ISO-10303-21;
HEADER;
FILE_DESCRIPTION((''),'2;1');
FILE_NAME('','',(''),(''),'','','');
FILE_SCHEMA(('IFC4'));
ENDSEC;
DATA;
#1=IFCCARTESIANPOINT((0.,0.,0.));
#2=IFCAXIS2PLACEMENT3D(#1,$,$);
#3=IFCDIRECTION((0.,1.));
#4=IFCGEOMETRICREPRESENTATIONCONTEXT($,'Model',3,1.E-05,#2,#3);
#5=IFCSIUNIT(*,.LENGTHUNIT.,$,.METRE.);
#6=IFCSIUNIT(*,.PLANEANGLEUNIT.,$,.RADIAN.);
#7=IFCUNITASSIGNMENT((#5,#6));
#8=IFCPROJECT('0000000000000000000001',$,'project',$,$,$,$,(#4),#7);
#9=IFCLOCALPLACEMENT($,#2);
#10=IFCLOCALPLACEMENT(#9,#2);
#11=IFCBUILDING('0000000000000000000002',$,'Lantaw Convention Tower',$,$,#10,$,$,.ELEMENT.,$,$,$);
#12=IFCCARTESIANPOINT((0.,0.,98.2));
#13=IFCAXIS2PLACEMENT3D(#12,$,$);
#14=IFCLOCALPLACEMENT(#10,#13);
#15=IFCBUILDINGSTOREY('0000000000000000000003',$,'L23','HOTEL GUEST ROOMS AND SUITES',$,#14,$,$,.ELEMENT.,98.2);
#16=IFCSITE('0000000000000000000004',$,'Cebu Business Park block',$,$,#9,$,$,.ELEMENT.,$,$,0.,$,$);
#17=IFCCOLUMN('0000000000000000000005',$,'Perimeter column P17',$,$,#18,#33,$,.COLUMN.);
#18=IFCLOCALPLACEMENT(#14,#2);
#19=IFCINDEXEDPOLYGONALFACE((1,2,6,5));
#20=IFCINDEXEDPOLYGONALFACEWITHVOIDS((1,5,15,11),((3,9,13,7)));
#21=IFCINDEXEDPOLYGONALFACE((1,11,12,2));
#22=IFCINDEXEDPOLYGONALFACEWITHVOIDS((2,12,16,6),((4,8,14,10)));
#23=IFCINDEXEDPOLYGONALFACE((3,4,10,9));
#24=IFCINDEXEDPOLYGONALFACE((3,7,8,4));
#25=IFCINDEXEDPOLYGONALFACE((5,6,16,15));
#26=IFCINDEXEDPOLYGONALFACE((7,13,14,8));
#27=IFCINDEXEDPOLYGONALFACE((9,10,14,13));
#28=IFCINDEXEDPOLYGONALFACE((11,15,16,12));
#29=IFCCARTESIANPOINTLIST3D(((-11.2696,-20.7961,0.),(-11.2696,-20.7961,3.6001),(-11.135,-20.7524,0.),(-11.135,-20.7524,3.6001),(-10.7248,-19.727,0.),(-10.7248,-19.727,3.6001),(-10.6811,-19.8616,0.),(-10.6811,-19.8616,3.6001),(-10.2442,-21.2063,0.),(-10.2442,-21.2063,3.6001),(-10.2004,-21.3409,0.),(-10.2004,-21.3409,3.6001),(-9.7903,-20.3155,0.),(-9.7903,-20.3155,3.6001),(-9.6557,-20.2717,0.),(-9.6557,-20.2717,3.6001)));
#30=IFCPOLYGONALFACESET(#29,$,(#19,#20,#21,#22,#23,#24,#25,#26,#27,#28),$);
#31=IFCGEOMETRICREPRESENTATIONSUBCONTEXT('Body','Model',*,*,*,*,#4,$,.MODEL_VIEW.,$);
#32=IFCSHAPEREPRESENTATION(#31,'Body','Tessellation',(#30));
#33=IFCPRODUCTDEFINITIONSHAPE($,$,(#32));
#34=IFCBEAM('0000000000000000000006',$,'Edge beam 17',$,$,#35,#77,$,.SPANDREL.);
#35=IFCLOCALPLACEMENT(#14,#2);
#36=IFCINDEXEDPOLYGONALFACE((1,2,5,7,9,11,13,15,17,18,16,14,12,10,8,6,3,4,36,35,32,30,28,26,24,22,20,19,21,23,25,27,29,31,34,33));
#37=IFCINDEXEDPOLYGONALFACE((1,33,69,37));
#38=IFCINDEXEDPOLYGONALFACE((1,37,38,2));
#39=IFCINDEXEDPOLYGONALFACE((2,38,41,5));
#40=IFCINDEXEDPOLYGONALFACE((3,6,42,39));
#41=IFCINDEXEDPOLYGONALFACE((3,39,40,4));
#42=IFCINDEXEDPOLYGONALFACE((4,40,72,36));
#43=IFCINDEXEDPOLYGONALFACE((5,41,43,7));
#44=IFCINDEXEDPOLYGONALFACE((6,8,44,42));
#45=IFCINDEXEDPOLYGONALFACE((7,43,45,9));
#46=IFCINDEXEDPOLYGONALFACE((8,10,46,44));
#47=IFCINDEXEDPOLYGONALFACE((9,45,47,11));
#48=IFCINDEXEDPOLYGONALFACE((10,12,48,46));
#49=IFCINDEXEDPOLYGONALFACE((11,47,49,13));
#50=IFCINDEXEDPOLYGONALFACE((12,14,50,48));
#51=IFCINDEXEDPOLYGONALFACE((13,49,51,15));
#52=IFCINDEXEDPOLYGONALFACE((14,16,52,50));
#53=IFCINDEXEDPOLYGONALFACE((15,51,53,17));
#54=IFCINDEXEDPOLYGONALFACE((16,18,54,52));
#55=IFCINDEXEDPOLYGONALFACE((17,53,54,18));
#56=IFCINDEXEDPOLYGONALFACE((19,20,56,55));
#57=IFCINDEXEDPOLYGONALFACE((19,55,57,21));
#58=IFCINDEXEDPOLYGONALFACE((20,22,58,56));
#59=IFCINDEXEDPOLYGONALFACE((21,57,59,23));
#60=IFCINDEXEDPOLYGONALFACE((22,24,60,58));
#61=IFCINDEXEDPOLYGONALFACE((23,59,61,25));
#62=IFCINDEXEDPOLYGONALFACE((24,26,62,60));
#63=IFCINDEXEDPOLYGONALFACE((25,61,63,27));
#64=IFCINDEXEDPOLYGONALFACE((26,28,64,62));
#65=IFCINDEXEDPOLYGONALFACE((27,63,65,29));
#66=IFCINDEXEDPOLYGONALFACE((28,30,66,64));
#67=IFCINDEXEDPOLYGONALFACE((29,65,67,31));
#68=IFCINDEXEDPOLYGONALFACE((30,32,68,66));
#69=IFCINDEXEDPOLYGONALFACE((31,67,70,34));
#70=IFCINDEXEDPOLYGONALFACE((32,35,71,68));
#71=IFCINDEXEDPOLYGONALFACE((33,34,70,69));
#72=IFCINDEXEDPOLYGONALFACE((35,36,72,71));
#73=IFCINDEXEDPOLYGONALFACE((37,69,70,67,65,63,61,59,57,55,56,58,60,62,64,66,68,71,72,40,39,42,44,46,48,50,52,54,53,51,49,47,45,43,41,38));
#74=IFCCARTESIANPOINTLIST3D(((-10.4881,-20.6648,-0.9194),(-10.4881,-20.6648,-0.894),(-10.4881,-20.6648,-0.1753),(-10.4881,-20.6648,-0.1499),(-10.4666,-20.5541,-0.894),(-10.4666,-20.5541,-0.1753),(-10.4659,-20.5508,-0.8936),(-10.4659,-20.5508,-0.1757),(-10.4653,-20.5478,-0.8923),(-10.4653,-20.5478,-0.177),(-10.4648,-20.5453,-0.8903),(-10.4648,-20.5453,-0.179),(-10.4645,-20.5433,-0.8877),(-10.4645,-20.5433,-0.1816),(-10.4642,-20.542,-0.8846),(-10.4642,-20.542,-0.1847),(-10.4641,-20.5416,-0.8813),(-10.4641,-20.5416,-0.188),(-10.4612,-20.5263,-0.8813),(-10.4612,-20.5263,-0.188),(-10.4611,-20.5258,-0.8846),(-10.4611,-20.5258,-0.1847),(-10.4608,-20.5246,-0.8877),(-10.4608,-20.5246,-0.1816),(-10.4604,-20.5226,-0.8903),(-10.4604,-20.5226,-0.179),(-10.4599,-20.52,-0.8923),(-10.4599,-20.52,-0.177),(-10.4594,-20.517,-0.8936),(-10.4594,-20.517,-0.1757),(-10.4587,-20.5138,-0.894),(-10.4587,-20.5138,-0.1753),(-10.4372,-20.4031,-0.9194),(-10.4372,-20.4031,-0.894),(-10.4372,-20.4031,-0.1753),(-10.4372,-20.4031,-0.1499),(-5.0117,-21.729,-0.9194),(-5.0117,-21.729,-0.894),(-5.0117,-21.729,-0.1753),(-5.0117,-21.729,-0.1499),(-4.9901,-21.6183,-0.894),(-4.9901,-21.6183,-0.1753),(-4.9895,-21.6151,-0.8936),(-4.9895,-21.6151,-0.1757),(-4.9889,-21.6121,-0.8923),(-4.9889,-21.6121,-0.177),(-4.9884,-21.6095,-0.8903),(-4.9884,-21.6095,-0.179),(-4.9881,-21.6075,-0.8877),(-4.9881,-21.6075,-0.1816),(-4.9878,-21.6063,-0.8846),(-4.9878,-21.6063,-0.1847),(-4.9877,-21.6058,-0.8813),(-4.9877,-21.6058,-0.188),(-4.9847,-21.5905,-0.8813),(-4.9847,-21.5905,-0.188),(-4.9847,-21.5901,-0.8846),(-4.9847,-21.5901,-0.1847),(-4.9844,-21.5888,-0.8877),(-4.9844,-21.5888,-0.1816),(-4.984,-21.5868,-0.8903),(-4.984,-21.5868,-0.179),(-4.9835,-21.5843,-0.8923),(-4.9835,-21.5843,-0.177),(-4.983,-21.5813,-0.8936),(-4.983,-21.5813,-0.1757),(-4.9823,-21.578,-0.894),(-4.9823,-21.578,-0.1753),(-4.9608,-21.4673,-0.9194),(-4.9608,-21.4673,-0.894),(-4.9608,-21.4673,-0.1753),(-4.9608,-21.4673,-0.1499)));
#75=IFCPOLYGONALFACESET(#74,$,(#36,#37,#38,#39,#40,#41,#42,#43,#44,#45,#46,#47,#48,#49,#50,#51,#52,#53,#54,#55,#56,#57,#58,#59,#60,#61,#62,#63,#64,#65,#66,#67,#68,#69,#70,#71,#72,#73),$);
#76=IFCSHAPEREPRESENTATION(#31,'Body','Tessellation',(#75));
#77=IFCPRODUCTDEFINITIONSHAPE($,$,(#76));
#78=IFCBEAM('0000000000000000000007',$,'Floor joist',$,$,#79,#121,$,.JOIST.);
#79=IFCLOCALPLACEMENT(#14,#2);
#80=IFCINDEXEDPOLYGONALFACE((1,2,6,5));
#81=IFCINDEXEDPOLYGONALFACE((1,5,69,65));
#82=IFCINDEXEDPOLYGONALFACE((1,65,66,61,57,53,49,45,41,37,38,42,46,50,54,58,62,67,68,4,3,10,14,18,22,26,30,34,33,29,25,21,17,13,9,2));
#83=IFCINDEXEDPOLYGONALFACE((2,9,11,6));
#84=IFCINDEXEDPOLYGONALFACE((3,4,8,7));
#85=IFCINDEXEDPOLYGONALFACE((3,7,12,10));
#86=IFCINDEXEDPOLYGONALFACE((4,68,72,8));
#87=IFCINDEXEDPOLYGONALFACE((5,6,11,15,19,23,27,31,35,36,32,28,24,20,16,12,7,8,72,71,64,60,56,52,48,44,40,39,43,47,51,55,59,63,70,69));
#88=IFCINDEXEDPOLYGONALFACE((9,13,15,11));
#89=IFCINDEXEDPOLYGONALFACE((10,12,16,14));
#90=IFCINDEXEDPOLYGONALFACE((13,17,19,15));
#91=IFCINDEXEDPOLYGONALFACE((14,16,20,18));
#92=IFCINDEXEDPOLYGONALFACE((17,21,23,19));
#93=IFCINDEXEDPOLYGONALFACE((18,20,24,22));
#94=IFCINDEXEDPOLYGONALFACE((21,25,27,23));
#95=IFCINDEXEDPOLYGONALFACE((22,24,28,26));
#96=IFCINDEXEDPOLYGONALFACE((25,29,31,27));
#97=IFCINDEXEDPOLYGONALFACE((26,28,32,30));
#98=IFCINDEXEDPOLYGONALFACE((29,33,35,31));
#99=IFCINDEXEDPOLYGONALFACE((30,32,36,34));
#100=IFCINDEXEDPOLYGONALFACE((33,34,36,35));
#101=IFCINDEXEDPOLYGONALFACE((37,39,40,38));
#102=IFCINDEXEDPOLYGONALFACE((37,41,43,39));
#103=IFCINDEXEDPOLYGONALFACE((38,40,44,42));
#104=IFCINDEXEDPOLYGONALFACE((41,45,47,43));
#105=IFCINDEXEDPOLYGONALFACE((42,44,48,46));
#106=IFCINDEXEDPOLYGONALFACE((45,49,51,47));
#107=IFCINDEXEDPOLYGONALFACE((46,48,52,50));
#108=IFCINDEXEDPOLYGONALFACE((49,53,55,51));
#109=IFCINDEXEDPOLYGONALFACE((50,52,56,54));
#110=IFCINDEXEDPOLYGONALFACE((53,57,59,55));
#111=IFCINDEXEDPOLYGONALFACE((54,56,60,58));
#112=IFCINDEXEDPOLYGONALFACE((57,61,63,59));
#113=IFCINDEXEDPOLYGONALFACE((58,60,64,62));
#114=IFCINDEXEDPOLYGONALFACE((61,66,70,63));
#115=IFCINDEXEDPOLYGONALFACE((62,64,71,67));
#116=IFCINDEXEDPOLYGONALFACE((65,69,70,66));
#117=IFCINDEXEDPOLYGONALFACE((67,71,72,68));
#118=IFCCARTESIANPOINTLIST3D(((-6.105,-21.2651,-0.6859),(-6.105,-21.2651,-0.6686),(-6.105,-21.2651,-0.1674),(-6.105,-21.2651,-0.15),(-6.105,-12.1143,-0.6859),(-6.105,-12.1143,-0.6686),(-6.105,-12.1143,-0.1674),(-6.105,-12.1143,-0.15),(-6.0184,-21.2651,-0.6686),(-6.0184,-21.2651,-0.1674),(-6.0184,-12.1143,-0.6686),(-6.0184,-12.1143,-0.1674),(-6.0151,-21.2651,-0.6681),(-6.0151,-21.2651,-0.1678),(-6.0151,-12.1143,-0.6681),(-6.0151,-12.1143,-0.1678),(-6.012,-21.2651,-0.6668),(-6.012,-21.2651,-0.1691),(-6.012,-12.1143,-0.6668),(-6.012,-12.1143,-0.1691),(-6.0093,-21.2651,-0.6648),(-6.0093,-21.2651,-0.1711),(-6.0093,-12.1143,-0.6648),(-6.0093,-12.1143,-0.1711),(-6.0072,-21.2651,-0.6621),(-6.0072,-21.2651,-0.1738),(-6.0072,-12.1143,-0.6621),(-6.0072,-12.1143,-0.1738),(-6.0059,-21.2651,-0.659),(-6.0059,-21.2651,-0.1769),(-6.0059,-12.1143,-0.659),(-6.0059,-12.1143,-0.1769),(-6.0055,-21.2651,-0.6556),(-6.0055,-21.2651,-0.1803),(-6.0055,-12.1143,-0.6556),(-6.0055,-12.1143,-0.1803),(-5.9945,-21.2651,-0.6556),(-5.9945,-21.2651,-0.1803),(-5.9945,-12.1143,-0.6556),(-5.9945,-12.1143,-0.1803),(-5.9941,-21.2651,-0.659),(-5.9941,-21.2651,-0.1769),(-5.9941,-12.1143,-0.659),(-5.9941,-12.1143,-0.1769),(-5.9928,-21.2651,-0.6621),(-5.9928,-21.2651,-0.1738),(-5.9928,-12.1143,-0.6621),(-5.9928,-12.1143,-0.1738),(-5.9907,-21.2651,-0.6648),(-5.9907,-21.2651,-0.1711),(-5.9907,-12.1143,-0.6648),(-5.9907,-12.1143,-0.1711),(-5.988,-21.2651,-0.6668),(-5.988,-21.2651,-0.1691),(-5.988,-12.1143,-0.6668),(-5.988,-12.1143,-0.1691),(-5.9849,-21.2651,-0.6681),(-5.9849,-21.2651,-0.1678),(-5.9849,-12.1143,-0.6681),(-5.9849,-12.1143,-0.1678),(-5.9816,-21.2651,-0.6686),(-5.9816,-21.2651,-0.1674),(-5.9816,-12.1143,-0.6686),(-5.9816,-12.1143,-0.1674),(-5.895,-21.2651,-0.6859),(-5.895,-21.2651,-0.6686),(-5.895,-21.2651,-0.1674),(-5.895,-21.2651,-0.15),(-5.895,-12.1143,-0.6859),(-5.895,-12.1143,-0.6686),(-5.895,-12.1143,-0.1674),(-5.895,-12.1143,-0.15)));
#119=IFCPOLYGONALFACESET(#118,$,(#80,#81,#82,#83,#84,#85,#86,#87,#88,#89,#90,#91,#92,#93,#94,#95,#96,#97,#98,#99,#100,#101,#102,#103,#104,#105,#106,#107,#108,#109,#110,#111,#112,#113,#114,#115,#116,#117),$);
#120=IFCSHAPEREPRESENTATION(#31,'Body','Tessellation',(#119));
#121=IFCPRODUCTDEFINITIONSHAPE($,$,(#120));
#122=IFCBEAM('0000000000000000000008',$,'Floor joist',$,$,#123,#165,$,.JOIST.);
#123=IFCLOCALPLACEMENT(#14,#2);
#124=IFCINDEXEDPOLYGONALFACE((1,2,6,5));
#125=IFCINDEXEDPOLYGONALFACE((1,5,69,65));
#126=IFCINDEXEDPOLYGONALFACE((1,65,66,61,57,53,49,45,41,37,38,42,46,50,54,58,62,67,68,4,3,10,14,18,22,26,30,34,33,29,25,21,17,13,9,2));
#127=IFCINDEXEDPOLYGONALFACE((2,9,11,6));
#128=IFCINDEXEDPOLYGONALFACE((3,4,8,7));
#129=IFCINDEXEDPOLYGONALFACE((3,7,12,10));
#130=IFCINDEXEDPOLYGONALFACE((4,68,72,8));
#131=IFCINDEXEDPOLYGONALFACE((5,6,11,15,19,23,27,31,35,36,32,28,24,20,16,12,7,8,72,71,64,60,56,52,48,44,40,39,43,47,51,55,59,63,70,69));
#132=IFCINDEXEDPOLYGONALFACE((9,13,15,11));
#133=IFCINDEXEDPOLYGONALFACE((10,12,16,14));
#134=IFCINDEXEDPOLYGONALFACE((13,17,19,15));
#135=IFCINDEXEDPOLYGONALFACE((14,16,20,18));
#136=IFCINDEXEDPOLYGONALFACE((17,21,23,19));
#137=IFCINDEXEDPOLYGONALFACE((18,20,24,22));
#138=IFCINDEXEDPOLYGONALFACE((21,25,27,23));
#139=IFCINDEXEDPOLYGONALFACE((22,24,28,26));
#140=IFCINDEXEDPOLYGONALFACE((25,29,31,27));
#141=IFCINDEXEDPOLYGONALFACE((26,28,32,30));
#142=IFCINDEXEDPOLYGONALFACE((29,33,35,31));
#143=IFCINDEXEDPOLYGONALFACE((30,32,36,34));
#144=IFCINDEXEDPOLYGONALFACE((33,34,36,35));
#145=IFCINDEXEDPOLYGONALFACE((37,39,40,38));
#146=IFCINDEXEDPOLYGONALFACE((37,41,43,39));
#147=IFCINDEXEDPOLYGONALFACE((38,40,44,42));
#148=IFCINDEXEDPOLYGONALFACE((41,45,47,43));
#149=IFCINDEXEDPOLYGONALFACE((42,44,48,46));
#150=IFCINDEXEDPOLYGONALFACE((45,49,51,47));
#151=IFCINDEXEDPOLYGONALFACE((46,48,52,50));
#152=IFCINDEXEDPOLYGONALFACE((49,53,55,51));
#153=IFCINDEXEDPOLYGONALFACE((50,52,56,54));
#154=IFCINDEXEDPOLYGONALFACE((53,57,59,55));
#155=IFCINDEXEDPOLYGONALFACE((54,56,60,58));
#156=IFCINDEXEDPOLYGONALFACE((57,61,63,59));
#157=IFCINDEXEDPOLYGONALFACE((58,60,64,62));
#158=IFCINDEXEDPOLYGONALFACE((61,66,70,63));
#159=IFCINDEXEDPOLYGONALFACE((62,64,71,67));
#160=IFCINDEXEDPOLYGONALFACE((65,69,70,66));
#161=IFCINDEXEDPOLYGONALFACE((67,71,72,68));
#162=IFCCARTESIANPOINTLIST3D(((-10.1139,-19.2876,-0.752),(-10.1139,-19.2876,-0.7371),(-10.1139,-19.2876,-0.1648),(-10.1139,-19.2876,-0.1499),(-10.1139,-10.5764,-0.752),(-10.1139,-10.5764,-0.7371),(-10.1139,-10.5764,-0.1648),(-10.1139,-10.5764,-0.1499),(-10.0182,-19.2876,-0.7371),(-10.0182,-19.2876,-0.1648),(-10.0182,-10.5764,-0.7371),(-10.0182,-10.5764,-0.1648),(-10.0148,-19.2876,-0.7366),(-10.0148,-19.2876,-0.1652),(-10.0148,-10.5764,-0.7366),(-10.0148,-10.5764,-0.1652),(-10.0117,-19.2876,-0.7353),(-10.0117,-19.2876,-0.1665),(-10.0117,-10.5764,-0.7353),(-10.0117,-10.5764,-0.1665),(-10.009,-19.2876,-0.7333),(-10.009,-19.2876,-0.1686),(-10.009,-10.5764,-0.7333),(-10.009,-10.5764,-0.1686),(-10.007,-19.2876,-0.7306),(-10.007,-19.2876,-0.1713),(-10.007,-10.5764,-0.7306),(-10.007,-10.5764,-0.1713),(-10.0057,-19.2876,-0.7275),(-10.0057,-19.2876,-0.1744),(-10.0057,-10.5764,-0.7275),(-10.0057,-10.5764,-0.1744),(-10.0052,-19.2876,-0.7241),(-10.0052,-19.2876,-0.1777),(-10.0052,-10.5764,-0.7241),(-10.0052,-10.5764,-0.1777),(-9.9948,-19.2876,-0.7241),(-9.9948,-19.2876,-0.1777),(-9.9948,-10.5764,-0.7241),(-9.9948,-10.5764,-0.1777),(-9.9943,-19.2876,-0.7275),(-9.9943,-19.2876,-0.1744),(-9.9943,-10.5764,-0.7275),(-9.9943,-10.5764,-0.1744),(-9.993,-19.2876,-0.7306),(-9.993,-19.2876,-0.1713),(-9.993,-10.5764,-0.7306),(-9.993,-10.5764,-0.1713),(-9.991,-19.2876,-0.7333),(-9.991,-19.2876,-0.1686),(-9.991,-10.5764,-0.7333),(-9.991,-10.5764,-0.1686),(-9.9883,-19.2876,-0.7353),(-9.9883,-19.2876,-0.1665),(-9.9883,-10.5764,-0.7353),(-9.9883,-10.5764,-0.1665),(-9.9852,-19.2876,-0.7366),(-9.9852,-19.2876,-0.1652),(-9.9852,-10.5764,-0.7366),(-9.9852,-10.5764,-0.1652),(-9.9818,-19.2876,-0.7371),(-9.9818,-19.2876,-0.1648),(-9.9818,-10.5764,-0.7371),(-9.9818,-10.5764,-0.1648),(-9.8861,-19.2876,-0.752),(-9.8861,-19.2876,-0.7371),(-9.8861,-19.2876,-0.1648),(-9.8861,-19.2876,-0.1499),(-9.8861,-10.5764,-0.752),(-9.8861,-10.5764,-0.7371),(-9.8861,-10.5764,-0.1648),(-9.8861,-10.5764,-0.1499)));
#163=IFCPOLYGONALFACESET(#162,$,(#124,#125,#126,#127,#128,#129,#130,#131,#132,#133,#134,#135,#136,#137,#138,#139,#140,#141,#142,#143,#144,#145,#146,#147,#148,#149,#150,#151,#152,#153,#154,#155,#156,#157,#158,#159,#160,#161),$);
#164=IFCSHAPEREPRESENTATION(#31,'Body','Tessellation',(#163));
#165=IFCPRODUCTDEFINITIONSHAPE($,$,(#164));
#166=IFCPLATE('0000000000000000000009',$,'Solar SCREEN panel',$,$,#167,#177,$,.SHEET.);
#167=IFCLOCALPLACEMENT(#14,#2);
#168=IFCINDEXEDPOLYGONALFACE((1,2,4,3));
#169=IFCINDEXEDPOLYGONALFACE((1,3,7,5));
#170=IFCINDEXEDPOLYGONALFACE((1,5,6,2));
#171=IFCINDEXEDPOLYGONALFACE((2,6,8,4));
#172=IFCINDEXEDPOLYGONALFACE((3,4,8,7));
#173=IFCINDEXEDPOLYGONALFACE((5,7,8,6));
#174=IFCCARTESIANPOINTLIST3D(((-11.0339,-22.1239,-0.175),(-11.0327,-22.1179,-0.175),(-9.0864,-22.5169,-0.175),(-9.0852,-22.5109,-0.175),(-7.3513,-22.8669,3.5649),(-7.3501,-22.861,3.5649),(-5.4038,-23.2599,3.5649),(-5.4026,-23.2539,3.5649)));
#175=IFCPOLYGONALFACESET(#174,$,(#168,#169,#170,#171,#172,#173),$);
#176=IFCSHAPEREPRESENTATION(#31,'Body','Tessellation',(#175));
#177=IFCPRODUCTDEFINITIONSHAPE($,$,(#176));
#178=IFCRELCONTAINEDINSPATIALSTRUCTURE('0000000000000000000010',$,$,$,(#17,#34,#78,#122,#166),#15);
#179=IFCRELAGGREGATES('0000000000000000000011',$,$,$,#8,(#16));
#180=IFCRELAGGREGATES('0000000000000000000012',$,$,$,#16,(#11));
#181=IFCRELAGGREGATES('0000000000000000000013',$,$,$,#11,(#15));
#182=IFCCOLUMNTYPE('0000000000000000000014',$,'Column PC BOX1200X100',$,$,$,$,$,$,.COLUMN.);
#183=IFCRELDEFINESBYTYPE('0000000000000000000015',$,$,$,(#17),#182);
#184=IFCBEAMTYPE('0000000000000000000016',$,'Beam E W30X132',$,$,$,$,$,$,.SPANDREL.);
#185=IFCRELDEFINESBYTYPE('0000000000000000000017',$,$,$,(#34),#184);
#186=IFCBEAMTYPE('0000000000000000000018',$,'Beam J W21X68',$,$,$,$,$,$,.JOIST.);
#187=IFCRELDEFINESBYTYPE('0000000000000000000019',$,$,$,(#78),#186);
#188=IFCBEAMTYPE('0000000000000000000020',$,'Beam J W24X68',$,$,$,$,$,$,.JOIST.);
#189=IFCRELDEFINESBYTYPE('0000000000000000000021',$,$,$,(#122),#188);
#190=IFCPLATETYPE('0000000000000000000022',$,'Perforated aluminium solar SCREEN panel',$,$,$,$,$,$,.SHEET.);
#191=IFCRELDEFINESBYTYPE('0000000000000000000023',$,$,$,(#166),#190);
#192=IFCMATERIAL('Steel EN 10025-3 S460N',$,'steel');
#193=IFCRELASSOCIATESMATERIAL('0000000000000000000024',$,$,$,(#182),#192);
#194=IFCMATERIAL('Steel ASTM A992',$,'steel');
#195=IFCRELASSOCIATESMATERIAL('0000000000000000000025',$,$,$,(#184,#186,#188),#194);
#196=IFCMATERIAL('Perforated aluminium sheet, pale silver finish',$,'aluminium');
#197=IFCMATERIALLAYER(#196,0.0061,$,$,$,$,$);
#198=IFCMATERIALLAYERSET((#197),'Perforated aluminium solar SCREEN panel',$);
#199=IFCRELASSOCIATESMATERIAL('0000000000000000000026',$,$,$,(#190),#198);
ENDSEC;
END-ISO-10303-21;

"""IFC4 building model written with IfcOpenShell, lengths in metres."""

from ifc_helpers import new_model, si_unit, direction, frame, origin, origin_2d, place, context, subcontext, project, spatial, polyline, rectangle, hollow_rectangle, i_section, outline, extrude, material, layer, layer_set, material_profile, profile_set, type_object, element, save


model = new_model("IFC4")

# Units and contexts
model_context = context("Model", 3, precision=1e-05, world=origin(), true_north=direction((0.0, 1.0)))
body_context = subcontext(model_context, "Body", "Model", "MODEL_VIEW")
ifc_project = project(units=[si_unit("LENGTHUNIT", "METRE"), si_unit("PLANEANGLEUNIT", "RADIAN")], contexts=[model_context])

# Site, building, storey
site_placement = place(None, origin())
site = spatial("IfcSite", under=ifc_project, at=site_placement, Name="Cebu Business Park block", CompositionType="ELEMENT", RefElevation=0.0)
building_placement = place(site_placement, origin())
building = spatial("IfcBuilding", under=site, at=building_placement, Name="Lantaw Convention Tower", CompositionType="ELEMENT")
storey_placement = place(building_placement, frame((0.0, 0.0, 98.2)))
storey = spatial("IfcBuildingStorey", under=building, at=storey_placement, Name="L23", Description="HOTEL GUEST ROOMS AND SUITES", CompositionType="ELEMENT", Elevation=98.2)

# Column
ifc_material_1 = material(Name="Steel EN 10025-3 S460N", Category="steel")
ifc_material_profile_1 = material_profile(ifc_material_1, hollow_rectangle(XDim=1.2, YDim=1.2, WallThickness=0.1001, at=origin_2d()), Name="BOX1200X100")
ifc_material_2 = material(Name="Concrete C60/75", Category="concrete")
ifc_material_profile_2 = material_profile(ifc_material_2, rectangle(XDim=1.0, YDim=1.0, at=origin_2d()), Name="Concrete fill of BOX1200X100")
ifc_profile_set_1 = profile_set([ifc_material_profile_1, ifc_material_profile_2], Name="Steel EN 10025-3 S460N")
column_type = type_object("IfcColumnType", Name="Column PC BOX1200X100", PredefinedType="COLUMN", material=ifc_profile_set_1)
column_placement = place(storey_placement, frame((-10.4626, -20.5339, 0.0), z_axis=(0.0, 0.0, 1.0), x_axis=(0.45399, 0.891007, 0.0)))
element("IfcColumn", 1, at=column_placement, inside=storey, type_object=column_type, Name="Perimeter column P17", PredefinedType="COLUMN", context=body_context, shape_type="SweptSolid", body=[
    extrude(hollow_rectangle(XDim=1.2, YDim=1.2, WallThickness=0.1001, at=origin_2d()), origin(), (0.0, 0.0, 1.0), 3.6001),
])

# Beams
ifc_material_3 = material(Name="Steel ASTM A992", Category="steel")
ifc_material_profile_3 = material_profile(ifc_material_3, i_section(OverallWidth=0.2666, OverallDepth=0.7695, WebThickness=0.0156, FlangeThickness=0.0254, FilletRadius=0.0127, at=origin_2d()), Name="W30X132")
ifc_profile_set_2 = profile_set([ifc_material_profile_3], Name="Steel ASTM A992")
beam_type_1 = type_object("IfcBeamType", Name="Beam E W30X132", PredefinedType="SPANDREL", material=ifc_profile_set_2)
beam_1_placement = place(storey_placement, frame((-10.4626, -20.5339, -0.5347), z_axis=(0.981637, -0.190761, 0.0), x_axis=(0.190761, 0.981637, 0.0)))
element("IfcBeam", 2, at=beam_1_placement, inside=storey, type_object=beam_type_1, Name="Edge beam 17", PredefinedType="SPANDREL", context=body_context, shape_type="SweptSolid", body=[
    extrude(i_section(OverallWidth=0.2666, OverallDepth=0.7695, WebThickness=0.0156, FlangeThickness=0.0254, FilletRadius=0.0127, at=origin_2d()), origin(), (0.0, 0.0, 1.0), 5.5789),
])
ifc_material_profile_4 = material_profile(ifc_material_3, i_section(OverallWidth=0.21, OverallDepth=0.5359, WebThickness=0.011, FlangeThickness=0.0173, FilletRadius=0.0129, at=origin_2d()), Name="W21X68")
ifc_profile_set_3 = profile_set([ifc_material_profile_4], Name="Steel ASTM A992")
beam_type_2 = type_object("IfcBeamType", Name="Beam J W21X68", PredefinedType="JOIST", material=ifc_profile_set_3)
beam_2_placement = place(storey_placement, frame((-6.0, -21.2651, -0.418), z_axis=(0.0, 1.0, 0.0), x_axis=(-1.0, 0.0, 0.0)))
element("IfcBeam", 3, at=beam_2_placement, inside=storey, type_object=beam_type_2, Name="Floor joist", PredefinedType="JOIST", context=body_context, shape_type="SweptSolid", body=[
    extrude(i_section(OverallWidth=0.21, OverallDepth=0.5359, WebThickness=0.011, FlangeThickness=0.0173, FilletRadius=0.0129, at=origin_2d()), origin(), (0.0, 0.0, 1.0), 9.1509),
])
ifc_material_profile_5 = material_profile(ifc_material_3, i_section(OverallWidth=0.2278, OverallDepth=0.6021, WebThickness=0.0105, FlangeThickness=0.0149, FilletRadius=0.0129, at=origin_2d()), Name="W24X68")
ifc_profile_set_4 = profile_set([ifc_material_profile_5], Name="Steel ASTM A992")
beam_type_3 = type_object("IfcBeamType", Name="Beam J W24X68", PredefinedType="JOIST", material=ifc_profile_set_4)
beam_3_placement = place(storey_placement, frame((-10.0, -19.2876, -0.4509), z_axis=(0.0, 1.0, 0.0), x_axis=(-1.0, 0.0, 0.0)))
element("IfcBeam", 4, at=beam_3_placement, inside=storey, type_object=beam_type_3, Name="Floor joist", PredefinedType="JOIST", context=body_context, shape_type="SweptSolid", body=[
    extrude(i_section(OverallWidth=0.2278, OverallDepth=0.6021, WebThickness=0.0105, FlangeThickness=0.0149, FilletRadius=0.0129, at=origin_2d()), origin(), (0.0, 0.0, 1.0), 8.7112),
])

# Plate
ifc_material_4 = material(Name="Perforated aluminium sheet, pale silver finish", Category="aluminium")
ifc_layer_1 = layer(ifc_material_4, 0.0061)
ifc_layer_set_1 = layer_set([ifc_layer_1], Name="Perforated aluminium solar SCREEN panel")
plate_type = type_object("IfcPlateType", Name="Perforated aluminium solar SCREEN panel", PredefinedType="SHEET", material=ifc_layer_set_1)
plate_1_placement = place(storey_placement, frame((-11.0327, -22.1179, -0.175), z_axis=(0.197782, 0.980246, 0.000002), x_axis=(0.980246, -0.197782, 0.0)))
element("IfcPlate", 5, at=plate_1_placement, inside=storey, type_object=plate_type, Name="Solar SCREEN panel", PredefinedType="SHEET", context=body_context, shape_type="SweptSolid", body=[
    extrude(outline(polyline([(0.0, 0.0), (1.9868, 0.0), (5.7436, -3.74), (3.7569, -3.74), (0.0, 0.0)])), origin(), (0.0, 0.0, -1.0), 0.0061),
])

save(model, "model.ifc")
